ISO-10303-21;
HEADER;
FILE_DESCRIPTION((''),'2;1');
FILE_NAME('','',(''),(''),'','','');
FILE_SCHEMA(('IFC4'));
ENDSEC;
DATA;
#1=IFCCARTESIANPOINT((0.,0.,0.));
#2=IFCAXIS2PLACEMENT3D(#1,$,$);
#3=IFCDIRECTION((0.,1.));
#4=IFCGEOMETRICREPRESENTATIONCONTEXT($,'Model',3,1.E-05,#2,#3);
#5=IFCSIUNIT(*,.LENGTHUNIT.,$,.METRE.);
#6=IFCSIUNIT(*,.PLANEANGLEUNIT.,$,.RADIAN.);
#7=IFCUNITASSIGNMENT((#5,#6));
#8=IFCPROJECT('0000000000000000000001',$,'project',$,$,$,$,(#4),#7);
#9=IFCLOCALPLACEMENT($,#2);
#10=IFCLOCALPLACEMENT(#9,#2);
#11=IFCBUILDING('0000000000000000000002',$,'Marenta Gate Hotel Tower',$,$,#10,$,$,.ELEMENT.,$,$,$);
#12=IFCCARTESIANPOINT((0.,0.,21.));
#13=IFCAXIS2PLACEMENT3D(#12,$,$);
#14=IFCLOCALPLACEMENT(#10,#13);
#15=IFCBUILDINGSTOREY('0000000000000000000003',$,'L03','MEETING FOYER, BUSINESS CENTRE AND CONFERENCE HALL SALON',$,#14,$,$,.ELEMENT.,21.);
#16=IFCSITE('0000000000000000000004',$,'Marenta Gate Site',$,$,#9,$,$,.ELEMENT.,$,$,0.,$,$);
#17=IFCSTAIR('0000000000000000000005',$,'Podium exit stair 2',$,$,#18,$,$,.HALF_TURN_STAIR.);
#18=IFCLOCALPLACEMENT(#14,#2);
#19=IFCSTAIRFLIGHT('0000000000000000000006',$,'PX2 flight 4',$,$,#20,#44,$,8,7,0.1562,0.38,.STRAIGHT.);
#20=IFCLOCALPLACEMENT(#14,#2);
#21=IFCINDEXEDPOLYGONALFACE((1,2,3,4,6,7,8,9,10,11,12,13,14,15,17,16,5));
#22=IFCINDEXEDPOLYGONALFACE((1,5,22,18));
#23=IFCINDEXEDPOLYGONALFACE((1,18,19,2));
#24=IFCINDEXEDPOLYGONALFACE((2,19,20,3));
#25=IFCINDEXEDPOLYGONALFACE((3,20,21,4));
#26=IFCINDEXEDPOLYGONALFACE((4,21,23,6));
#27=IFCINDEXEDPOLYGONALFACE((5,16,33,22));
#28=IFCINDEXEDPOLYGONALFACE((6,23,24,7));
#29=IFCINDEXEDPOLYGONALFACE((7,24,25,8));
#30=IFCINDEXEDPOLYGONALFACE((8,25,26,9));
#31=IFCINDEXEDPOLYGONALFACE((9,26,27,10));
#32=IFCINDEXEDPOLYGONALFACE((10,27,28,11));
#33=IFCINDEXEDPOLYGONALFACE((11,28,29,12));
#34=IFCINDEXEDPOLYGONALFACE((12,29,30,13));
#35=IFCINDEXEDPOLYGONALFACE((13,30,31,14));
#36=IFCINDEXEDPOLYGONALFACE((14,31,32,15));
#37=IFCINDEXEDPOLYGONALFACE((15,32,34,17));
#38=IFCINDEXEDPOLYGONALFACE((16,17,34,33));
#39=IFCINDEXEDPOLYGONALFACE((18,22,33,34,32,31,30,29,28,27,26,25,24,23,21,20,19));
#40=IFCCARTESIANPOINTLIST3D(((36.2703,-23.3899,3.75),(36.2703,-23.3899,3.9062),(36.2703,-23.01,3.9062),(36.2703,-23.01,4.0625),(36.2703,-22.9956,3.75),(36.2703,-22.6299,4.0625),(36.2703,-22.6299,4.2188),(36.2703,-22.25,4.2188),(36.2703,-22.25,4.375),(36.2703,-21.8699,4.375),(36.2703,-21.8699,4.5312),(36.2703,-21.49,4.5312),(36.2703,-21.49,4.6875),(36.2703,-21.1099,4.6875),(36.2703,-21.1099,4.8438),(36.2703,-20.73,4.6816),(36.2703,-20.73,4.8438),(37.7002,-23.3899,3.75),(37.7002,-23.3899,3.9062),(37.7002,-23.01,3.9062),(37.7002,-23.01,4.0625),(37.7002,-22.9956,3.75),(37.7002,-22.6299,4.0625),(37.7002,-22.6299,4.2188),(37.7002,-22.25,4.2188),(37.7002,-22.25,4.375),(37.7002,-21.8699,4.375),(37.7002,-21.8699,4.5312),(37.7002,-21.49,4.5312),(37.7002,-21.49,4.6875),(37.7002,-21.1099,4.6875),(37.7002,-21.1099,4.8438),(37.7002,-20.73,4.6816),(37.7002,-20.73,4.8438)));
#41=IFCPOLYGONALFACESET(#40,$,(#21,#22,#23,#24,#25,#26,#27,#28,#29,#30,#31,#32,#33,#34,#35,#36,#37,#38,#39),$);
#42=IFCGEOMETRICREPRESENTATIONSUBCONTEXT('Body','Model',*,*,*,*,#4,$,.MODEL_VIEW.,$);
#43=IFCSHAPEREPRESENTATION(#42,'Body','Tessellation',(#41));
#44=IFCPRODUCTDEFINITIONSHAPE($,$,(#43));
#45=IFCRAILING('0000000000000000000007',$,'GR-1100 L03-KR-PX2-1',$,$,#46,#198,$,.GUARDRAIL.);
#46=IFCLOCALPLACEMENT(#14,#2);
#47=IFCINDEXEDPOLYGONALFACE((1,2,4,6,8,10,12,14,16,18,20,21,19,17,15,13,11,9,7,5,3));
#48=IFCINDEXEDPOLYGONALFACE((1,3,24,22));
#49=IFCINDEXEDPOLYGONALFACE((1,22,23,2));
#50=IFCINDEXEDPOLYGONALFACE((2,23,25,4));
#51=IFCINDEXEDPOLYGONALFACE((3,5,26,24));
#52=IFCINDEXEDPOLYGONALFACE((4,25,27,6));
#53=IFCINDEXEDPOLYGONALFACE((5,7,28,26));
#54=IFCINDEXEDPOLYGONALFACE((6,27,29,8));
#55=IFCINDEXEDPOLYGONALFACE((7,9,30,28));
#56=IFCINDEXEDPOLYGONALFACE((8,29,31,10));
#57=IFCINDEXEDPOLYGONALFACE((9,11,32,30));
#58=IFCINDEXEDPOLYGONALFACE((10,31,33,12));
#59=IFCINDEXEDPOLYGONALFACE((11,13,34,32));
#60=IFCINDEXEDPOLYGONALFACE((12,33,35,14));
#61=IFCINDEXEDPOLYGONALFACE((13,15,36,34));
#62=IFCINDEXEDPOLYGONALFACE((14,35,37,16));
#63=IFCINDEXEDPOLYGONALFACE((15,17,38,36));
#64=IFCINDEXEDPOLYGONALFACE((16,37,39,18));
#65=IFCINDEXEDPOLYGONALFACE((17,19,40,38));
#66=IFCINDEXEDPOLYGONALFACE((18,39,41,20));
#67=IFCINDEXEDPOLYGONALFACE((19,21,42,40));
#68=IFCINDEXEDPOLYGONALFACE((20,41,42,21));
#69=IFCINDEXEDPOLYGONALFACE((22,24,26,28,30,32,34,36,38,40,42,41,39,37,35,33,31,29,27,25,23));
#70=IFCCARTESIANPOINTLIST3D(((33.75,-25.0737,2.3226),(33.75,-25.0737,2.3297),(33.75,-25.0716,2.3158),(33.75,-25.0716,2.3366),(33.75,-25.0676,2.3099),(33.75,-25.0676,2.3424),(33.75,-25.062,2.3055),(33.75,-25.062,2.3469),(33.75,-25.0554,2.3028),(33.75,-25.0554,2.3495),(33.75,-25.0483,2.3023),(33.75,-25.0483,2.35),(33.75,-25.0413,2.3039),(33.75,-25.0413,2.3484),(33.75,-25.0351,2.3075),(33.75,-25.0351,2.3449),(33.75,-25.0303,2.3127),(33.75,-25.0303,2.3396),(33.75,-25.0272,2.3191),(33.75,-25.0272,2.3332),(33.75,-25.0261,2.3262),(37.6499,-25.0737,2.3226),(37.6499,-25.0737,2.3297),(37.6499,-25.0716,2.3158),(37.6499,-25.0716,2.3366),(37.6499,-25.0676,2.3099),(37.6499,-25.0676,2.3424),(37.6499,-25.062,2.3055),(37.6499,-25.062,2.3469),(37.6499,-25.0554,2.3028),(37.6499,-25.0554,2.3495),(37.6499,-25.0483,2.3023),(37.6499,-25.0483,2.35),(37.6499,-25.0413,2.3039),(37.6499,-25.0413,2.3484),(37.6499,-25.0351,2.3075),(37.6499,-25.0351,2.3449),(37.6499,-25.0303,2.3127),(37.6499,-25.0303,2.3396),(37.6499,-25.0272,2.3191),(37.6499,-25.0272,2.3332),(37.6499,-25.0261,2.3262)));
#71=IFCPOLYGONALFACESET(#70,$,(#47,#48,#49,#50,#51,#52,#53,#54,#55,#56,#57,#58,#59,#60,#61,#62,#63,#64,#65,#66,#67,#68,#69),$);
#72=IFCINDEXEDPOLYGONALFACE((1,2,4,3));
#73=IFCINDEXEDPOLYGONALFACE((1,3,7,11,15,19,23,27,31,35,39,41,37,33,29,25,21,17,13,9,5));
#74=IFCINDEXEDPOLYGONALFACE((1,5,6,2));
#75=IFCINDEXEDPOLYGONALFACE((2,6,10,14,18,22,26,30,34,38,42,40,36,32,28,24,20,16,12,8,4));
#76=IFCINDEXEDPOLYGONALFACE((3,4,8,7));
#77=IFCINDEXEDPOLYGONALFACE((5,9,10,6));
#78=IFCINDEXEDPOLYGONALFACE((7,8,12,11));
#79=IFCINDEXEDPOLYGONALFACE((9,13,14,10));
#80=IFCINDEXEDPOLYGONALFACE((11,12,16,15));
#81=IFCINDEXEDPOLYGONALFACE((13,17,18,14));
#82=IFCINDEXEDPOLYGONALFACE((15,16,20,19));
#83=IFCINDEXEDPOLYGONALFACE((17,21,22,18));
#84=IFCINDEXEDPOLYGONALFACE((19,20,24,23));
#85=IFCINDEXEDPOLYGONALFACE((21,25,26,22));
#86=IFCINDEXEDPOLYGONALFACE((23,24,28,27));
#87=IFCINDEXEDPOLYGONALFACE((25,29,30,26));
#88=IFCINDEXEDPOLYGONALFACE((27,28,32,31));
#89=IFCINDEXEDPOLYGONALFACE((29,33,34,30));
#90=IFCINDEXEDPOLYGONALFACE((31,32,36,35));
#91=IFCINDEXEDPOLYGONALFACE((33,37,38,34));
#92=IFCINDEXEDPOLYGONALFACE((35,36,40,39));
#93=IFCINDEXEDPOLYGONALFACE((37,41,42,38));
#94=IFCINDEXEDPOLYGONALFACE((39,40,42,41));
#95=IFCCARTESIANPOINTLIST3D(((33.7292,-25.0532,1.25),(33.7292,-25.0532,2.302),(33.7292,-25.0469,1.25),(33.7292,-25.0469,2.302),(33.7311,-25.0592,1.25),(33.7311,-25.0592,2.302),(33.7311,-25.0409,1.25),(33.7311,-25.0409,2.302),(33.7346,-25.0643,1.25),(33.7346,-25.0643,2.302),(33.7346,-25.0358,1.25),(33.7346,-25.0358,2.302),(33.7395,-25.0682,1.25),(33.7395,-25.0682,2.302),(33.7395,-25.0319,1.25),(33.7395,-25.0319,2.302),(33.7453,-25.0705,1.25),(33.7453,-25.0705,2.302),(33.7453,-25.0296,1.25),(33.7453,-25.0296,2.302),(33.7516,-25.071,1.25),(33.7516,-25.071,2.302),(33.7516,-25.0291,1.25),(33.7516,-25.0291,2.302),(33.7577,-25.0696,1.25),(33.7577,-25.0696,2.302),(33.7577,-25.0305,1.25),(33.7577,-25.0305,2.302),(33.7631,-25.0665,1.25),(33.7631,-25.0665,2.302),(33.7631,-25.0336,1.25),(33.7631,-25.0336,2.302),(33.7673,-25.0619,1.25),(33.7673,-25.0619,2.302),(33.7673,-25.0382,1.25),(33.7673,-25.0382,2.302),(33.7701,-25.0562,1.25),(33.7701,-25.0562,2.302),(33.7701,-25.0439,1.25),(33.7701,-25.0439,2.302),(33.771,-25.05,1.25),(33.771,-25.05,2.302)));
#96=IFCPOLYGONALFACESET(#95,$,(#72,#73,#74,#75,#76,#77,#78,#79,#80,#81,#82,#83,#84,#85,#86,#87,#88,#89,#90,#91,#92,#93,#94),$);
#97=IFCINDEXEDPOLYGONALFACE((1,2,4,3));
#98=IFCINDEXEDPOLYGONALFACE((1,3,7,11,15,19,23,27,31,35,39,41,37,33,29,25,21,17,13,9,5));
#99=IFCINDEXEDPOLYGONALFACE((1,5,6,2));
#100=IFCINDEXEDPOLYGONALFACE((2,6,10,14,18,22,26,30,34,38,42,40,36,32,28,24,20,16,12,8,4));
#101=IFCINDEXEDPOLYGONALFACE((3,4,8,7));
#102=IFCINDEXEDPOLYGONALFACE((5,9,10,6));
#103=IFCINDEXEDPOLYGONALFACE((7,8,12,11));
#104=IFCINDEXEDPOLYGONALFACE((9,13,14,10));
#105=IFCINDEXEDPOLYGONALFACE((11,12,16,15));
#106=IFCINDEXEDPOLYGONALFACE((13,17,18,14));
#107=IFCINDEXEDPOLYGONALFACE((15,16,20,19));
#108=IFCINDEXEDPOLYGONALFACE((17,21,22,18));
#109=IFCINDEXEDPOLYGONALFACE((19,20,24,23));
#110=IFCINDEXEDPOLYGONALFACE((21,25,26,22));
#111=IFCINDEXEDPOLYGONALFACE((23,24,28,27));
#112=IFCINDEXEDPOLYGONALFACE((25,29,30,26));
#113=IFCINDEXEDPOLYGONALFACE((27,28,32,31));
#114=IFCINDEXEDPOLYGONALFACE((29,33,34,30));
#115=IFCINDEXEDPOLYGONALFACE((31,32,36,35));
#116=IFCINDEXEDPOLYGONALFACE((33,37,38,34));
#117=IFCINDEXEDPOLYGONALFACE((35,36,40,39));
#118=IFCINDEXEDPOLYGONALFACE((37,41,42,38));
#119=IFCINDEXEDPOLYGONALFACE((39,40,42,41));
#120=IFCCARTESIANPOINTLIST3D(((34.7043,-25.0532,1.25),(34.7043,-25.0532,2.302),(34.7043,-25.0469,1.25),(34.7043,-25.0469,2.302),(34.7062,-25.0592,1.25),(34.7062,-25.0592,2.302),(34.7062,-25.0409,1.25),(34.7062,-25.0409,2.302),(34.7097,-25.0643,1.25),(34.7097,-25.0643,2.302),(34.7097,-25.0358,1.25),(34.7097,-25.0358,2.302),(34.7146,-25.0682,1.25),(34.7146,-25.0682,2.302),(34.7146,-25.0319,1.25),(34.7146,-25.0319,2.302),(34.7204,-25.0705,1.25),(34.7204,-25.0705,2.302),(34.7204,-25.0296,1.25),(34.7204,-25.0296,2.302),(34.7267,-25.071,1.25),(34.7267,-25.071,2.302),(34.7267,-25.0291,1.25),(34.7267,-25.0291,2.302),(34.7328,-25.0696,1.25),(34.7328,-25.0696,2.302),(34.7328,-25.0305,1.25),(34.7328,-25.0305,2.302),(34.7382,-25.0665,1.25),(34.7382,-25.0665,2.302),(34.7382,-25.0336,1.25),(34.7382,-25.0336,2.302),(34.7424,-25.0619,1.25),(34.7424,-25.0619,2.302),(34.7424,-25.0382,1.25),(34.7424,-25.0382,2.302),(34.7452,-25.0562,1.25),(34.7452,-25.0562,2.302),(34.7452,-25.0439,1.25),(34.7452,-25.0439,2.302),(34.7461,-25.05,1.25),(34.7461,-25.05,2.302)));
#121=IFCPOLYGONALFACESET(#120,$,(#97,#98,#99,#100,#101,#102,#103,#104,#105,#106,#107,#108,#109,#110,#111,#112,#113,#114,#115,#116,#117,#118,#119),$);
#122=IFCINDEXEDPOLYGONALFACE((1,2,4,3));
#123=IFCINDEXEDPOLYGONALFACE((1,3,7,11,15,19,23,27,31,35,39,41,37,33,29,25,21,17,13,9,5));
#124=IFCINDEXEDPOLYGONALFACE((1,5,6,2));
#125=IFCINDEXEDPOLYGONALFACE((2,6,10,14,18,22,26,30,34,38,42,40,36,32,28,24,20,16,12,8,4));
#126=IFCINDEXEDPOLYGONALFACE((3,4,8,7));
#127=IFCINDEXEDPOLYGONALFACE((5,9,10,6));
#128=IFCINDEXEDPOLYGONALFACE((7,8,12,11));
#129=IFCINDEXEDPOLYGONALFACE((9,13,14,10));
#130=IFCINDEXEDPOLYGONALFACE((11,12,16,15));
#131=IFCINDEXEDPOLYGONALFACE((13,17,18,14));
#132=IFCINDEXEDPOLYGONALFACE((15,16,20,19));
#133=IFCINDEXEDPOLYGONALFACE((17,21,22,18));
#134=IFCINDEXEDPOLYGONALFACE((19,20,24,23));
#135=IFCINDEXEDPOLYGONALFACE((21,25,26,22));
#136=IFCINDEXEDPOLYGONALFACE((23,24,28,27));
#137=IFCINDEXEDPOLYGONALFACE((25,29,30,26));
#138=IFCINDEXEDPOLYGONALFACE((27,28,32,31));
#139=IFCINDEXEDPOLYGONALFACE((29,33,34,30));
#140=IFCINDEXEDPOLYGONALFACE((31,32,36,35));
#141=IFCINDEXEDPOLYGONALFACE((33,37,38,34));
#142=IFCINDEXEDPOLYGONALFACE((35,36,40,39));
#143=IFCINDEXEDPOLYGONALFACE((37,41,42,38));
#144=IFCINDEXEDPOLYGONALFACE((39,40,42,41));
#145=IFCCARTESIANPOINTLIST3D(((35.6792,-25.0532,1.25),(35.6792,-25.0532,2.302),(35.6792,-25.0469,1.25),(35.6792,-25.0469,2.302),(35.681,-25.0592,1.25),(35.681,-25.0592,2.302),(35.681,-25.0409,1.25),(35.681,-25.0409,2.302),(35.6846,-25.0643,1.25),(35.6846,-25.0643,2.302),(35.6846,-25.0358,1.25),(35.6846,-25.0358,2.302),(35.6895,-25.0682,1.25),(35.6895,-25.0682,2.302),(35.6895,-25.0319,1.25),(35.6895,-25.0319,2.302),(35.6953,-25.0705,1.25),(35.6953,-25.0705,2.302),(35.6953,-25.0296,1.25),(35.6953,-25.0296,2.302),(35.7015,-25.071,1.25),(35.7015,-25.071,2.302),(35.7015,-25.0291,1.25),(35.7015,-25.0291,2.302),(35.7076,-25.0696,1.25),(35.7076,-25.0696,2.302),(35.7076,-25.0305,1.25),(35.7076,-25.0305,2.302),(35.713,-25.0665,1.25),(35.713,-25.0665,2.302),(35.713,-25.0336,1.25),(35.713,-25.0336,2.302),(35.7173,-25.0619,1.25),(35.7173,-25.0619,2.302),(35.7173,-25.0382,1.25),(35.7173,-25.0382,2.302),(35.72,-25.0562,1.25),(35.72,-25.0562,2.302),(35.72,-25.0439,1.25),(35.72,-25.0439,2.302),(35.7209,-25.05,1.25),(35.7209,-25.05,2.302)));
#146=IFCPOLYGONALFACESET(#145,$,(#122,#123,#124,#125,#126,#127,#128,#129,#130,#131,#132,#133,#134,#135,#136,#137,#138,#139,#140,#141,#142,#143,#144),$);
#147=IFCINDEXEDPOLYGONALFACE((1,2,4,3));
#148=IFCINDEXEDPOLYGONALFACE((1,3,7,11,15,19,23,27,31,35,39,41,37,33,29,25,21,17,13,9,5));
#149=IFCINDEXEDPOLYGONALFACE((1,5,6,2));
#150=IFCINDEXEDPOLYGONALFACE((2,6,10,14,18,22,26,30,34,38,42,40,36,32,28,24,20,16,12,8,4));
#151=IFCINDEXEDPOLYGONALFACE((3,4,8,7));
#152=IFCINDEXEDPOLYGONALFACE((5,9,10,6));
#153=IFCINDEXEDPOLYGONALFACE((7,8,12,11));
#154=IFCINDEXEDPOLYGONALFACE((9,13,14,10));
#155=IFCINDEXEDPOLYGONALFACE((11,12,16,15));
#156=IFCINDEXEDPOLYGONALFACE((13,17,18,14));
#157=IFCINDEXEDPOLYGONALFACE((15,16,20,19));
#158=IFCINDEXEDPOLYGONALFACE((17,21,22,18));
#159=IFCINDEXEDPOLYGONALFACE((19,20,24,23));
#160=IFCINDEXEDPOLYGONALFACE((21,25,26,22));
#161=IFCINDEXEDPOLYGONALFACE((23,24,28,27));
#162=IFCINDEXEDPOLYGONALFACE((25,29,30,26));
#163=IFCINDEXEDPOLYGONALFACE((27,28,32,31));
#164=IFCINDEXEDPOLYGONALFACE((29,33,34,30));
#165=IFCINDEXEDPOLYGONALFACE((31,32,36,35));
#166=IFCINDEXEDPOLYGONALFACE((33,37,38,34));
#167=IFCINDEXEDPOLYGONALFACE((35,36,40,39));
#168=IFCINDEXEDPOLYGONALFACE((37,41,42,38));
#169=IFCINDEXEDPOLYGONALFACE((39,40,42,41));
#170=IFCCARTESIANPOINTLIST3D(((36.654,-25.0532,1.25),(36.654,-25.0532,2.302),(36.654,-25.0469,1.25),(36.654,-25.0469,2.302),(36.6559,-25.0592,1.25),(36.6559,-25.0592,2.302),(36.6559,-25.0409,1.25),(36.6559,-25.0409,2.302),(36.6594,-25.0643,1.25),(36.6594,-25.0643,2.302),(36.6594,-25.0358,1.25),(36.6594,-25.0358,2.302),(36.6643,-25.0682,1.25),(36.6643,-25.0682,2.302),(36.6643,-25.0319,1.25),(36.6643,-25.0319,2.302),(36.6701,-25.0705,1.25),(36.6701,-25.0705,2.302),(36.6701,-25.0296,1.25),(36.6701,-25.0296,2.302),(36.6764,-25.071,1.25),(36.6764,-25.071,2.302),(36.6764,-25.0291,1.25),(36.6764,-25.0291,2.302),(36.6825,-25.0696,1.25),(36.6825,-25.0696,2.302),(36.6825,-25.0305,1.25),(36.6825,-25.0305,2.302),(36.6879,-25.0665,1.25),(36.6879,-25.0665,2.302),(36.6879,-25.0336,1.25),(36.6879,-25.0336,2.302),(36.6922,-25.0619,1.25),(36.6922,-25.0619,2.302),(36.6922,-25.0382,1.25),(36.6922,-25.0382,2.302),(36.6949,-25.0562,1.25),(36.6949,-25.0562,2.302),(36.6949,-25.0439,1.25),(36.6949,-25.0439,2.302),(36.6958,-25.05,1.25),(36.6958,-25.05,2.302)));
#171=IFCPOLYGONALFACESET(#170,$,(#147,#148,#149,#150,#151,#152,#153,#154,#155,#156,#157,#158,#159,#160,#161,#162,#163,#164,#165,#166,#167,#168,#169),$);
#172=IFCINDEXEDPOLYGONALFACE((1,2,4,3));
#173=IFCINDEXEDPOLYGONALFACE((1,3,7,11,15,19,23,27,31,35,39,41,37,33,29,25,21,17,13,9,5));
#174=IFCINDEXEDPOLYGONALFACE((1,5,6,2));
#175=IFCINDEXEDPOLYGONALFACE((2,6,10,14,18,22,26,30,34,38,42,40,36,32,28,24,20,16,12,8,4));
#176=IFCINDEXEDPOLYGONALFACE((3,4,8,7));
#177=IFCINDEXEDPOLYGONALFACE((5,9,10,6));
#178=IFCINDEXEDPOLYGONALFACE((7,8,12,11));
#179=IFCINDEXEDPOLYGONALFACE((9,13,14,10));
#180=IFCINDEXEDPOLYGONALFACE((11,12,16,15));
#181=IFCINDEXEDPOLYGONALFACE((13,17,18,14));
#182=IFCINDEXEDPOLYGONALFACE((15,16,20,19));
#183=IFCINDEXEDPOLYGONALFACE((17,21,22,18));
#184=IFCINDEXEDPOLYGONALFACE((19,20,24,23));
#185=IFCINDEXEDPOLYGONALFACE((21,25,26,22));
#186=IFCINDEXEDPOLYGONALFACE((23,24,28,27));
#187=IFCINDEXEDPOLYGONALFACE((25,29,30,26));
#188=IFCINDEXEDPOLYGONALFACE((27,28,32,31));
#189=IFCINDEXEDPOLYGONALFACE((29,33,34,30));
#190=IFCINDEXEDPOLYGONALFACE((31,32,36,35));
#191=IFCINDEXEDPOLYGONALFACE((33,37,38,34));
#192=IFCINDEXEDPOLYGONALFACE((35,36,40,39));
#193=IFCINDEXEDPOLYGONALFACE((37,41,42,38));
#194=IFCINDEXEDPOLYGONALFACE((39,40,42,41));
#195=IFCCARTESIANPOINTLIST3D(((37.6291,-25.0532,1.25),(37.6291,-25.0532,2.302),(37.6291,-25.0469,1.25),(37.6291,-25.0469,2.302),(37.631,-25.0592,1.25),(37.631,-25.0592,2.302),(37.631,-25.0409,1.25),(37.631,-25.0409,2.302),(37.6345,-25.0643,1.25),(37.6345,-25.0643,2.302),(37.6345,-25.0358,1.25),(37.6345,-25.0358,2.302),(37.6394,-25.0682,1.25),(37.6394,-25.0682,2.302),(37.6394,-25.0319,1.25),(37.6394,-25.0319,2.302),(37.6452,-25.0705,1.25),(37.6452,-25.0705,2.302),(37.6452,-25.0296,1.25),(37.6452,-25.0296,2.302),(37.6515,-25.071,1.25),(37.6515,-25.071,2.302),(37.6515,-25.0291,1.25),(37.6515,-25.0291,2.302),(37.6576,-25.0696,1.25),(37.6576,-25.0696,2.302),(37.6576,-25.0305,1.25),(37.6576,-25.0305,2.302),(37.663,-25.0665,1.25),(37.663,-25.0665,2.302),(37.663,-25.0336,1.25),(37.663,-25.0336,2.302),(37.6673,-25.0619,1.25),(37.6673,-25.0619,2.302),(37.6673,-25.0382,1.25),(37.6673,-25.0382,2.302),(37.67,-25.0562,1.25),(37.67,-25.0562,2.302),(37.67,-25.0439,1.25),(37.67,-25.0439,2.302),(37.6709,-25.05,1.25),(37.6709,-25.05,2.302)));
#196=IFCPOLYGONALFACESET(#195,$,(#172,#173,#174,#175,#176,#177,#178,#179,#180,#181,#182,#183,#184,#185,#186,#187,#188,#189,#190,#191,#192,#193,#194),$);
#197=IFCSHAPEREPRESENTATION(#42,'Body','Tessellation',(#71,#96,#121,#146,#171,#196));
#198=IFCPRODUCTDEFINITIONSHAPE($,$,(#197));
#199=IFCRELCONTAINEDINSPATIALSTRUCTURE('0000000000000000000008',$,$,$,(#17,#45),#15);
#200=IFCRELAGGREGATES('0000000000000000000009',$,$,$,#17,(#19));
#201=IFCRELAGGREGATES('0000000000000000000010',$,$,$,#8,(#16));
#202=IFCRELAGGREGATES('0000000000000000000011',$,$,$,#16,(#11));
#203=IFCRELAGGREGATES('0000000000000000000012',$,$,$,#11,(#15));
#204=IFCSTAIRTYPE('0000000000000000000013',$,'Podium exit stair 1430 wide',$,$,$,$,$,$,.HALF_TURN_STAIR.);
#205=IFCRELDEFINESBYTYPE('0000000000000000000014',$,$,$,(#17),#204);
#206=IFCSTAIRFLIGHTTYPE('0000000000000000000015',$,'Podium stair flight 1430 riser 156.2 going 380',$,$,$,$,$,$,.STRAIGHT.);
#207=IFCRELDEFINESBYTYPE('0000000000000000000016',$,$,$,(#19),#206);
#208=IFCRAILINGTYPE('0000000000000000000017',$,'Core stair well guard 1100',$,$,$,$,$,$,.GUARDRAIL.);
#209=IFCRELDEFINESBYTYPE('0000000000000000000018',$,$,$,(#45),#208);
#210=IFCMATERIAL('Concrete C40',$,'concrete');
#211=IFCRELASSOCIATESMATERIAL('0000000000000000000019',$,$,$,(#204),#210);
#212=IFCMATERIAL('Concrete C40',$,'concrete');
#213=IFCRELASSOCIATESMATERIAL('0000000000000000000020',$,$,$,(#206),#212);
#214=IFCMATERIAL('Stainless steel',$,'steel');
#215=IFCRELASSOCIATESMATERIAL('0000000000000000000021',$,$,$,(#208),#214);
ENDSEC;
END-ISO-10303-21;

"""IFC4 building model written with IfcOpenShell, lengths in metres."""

from ifc_helpers import new_model, si_unit, direction, frame, origin, origin_2d, place, context, subcontext, project, spatial, polyline, circle, outline, extrude, material, type_object, element, aggregate, save


model = new_model("IFC4")

# Units and contexts
model_context = context("Model", 3, precision=1e-05, world=origin(), true_north=direction((0.0, 1.0)))
body_context = subcontext(model_context, "Body", "Model", "MODEL_VIEW")
ifc_project = project(units=[si_unit("LENGTHUNIT", "METRE"), si_unit("PLANEANGLEUNIT", "RADIAN")], contexts=[model_context])

# Site, building, storey
site_placement = place(None, origin())
site = spatial("IfcSite", under=ifc_project, at=site_placement, Name="Marenta Gate Site", CompositionType="ELEMENT", RefElevation=0.0)
building_placement = place(site_placement, origin())
building = spatial("IfcBuilding", under=site, at=building_placement, Name="Marenta Gate Hotel Tower", CompositionType="ELEMENT")
storey_placement = place(building_placement, frame((0.0, 0.0, 21.0)))
storey = spatial("IfcBuildingStorey", under=building, at=storey_placement, Name="L03", Description="MEETING FOYER, BUSINESS CENTRE AND CONFERENCE HALL SALON", CompositionType="ELEMENT", Elevation=21.0)

# Stair, stair flight
ifc_material_1 = material(Name="Concrete C40", Category="concrete")
stair_type = type_object("IfcStairType", Name="Podium exit stair 1430 wide", PredefinedType="HALF_TURN_STAIR", material=ifc_material_1)
stair_placement = place(storey_placement, origin())
stair = element("IfcStair", 1, at=stair_placement, inside=storey, type_object=stair_type, Name="Podium exit stair 2", PredefinedType="HALF_TURN_STAIR")
ifc_material_2 = material(Name="Concrete C40", Category="concrete")
stair_flight_type = type_object("IfcStairFlightType", Name="Podium stair flight 1430 riser 156.2 going 380", PredefinedType="STRAIGHT", material=ifc_material_2)
stair_flight_1_placement = place(storey_placement, frame((36.9851, -23.3899, 3.75), z_axis=(0.0, 0.0, 1.0), x_axis=(0.0, 1.0, 0.0)))
stair_flight_1 = element("IfcStairFlight", 2, at=stair_flight_1_placement, type_object=stair_flight_type, Name="PX2 flight 4", NumberOfRisers=8, NumberOfTreads=7, PredefinedType="STRAIGHT", RiserHeight=0.1562, TreadLength=0.38, context=body_context, shape_type="SweptSolid", body=[
    extrude(outline(polyline([(0.0, 0.0), (0.0, 0.1562), (0.3799, 0.1562), (0.3799, 0.3125), (0.76, 0.3125), (0.76, 0.4688), (1.1399, 0.4688), (1.1399, 0.625), (1.52, 0.625), (1.52, 0.7812), (1.8999, 0.7812), (1.8999, 0.9375), (2.28, 0.9375), (2.28, 1.0938), (2.6599, 1.0938), (2.6599, 1.25), (2.6599, 0.9316), (0.3943, 0.0), (0.0, 0.0)])), frame((0.0, 0.7148, 0.0), z_axis=(0.0, -1.0, 0.0), x_axis=(1.0, 0.0, 0.0)), (0.0, 0.0, 1.0), 1.4299),
])
aggregate(stair, [stair_flight_1])

# Railing
ifc_material_3 = material(Name="Stainless steel", Category="steel")
railing_type = type_object("IfcRailingType", Name="Core stair well guard 1100", PredefinedType="GUARDRAIL", material=ifc_material_3)
for number, where, name in (
    (3, (33.75, -25.05, 1.25), "GR-1100 L03-KR-PX2-1"),
):
    element("IfcRailing", number, at=place(storey_placement, frame(where)), inside=storey, type_object=railing_type, Name=name, PredefinedType="GUARDRAIL", context=body_context, shape_type="SweptSolid", body=[
        extrude(circle(Radius=0.0239, at=origin_2d()), frame((0.0, 0.0, 1.0762), z_axis=(1.0, 0.0, 0.0), x_axis=(0.0, 1.0, 0.0)), (0.0, 0.0, 1.0), 3.8999),
        extrude(circle(Radius=0.021, at=origin_2d()), origin(), (0.0, 0.0, 1.0), 1.052),
        extrude(circle(Radius=0.021, at=origin_2d()), frame((0.9751, 0.0, 0.0)), (0.0, 0.0, 1.0), 1.052),
        extrude(circle(Radius=0.021, at=origin_2d()), frame((1.95, 0.0, 0.0)), (0.0, 0.0, 1.0), 1.052),
        extrude(circle(Radius=0.021, at=origin_2d()), frame((2.9248, 0.0, 0.0)), (0.0, 0.0, 1.0), 1.052),
        extrude(circle(Radius=0.021, at=origin_2d()), frame((3.8999, 0.0, 0.0)), (0.0, 0.0, 1.0), 1.052),
    ])

save(model, "model.ifc")
